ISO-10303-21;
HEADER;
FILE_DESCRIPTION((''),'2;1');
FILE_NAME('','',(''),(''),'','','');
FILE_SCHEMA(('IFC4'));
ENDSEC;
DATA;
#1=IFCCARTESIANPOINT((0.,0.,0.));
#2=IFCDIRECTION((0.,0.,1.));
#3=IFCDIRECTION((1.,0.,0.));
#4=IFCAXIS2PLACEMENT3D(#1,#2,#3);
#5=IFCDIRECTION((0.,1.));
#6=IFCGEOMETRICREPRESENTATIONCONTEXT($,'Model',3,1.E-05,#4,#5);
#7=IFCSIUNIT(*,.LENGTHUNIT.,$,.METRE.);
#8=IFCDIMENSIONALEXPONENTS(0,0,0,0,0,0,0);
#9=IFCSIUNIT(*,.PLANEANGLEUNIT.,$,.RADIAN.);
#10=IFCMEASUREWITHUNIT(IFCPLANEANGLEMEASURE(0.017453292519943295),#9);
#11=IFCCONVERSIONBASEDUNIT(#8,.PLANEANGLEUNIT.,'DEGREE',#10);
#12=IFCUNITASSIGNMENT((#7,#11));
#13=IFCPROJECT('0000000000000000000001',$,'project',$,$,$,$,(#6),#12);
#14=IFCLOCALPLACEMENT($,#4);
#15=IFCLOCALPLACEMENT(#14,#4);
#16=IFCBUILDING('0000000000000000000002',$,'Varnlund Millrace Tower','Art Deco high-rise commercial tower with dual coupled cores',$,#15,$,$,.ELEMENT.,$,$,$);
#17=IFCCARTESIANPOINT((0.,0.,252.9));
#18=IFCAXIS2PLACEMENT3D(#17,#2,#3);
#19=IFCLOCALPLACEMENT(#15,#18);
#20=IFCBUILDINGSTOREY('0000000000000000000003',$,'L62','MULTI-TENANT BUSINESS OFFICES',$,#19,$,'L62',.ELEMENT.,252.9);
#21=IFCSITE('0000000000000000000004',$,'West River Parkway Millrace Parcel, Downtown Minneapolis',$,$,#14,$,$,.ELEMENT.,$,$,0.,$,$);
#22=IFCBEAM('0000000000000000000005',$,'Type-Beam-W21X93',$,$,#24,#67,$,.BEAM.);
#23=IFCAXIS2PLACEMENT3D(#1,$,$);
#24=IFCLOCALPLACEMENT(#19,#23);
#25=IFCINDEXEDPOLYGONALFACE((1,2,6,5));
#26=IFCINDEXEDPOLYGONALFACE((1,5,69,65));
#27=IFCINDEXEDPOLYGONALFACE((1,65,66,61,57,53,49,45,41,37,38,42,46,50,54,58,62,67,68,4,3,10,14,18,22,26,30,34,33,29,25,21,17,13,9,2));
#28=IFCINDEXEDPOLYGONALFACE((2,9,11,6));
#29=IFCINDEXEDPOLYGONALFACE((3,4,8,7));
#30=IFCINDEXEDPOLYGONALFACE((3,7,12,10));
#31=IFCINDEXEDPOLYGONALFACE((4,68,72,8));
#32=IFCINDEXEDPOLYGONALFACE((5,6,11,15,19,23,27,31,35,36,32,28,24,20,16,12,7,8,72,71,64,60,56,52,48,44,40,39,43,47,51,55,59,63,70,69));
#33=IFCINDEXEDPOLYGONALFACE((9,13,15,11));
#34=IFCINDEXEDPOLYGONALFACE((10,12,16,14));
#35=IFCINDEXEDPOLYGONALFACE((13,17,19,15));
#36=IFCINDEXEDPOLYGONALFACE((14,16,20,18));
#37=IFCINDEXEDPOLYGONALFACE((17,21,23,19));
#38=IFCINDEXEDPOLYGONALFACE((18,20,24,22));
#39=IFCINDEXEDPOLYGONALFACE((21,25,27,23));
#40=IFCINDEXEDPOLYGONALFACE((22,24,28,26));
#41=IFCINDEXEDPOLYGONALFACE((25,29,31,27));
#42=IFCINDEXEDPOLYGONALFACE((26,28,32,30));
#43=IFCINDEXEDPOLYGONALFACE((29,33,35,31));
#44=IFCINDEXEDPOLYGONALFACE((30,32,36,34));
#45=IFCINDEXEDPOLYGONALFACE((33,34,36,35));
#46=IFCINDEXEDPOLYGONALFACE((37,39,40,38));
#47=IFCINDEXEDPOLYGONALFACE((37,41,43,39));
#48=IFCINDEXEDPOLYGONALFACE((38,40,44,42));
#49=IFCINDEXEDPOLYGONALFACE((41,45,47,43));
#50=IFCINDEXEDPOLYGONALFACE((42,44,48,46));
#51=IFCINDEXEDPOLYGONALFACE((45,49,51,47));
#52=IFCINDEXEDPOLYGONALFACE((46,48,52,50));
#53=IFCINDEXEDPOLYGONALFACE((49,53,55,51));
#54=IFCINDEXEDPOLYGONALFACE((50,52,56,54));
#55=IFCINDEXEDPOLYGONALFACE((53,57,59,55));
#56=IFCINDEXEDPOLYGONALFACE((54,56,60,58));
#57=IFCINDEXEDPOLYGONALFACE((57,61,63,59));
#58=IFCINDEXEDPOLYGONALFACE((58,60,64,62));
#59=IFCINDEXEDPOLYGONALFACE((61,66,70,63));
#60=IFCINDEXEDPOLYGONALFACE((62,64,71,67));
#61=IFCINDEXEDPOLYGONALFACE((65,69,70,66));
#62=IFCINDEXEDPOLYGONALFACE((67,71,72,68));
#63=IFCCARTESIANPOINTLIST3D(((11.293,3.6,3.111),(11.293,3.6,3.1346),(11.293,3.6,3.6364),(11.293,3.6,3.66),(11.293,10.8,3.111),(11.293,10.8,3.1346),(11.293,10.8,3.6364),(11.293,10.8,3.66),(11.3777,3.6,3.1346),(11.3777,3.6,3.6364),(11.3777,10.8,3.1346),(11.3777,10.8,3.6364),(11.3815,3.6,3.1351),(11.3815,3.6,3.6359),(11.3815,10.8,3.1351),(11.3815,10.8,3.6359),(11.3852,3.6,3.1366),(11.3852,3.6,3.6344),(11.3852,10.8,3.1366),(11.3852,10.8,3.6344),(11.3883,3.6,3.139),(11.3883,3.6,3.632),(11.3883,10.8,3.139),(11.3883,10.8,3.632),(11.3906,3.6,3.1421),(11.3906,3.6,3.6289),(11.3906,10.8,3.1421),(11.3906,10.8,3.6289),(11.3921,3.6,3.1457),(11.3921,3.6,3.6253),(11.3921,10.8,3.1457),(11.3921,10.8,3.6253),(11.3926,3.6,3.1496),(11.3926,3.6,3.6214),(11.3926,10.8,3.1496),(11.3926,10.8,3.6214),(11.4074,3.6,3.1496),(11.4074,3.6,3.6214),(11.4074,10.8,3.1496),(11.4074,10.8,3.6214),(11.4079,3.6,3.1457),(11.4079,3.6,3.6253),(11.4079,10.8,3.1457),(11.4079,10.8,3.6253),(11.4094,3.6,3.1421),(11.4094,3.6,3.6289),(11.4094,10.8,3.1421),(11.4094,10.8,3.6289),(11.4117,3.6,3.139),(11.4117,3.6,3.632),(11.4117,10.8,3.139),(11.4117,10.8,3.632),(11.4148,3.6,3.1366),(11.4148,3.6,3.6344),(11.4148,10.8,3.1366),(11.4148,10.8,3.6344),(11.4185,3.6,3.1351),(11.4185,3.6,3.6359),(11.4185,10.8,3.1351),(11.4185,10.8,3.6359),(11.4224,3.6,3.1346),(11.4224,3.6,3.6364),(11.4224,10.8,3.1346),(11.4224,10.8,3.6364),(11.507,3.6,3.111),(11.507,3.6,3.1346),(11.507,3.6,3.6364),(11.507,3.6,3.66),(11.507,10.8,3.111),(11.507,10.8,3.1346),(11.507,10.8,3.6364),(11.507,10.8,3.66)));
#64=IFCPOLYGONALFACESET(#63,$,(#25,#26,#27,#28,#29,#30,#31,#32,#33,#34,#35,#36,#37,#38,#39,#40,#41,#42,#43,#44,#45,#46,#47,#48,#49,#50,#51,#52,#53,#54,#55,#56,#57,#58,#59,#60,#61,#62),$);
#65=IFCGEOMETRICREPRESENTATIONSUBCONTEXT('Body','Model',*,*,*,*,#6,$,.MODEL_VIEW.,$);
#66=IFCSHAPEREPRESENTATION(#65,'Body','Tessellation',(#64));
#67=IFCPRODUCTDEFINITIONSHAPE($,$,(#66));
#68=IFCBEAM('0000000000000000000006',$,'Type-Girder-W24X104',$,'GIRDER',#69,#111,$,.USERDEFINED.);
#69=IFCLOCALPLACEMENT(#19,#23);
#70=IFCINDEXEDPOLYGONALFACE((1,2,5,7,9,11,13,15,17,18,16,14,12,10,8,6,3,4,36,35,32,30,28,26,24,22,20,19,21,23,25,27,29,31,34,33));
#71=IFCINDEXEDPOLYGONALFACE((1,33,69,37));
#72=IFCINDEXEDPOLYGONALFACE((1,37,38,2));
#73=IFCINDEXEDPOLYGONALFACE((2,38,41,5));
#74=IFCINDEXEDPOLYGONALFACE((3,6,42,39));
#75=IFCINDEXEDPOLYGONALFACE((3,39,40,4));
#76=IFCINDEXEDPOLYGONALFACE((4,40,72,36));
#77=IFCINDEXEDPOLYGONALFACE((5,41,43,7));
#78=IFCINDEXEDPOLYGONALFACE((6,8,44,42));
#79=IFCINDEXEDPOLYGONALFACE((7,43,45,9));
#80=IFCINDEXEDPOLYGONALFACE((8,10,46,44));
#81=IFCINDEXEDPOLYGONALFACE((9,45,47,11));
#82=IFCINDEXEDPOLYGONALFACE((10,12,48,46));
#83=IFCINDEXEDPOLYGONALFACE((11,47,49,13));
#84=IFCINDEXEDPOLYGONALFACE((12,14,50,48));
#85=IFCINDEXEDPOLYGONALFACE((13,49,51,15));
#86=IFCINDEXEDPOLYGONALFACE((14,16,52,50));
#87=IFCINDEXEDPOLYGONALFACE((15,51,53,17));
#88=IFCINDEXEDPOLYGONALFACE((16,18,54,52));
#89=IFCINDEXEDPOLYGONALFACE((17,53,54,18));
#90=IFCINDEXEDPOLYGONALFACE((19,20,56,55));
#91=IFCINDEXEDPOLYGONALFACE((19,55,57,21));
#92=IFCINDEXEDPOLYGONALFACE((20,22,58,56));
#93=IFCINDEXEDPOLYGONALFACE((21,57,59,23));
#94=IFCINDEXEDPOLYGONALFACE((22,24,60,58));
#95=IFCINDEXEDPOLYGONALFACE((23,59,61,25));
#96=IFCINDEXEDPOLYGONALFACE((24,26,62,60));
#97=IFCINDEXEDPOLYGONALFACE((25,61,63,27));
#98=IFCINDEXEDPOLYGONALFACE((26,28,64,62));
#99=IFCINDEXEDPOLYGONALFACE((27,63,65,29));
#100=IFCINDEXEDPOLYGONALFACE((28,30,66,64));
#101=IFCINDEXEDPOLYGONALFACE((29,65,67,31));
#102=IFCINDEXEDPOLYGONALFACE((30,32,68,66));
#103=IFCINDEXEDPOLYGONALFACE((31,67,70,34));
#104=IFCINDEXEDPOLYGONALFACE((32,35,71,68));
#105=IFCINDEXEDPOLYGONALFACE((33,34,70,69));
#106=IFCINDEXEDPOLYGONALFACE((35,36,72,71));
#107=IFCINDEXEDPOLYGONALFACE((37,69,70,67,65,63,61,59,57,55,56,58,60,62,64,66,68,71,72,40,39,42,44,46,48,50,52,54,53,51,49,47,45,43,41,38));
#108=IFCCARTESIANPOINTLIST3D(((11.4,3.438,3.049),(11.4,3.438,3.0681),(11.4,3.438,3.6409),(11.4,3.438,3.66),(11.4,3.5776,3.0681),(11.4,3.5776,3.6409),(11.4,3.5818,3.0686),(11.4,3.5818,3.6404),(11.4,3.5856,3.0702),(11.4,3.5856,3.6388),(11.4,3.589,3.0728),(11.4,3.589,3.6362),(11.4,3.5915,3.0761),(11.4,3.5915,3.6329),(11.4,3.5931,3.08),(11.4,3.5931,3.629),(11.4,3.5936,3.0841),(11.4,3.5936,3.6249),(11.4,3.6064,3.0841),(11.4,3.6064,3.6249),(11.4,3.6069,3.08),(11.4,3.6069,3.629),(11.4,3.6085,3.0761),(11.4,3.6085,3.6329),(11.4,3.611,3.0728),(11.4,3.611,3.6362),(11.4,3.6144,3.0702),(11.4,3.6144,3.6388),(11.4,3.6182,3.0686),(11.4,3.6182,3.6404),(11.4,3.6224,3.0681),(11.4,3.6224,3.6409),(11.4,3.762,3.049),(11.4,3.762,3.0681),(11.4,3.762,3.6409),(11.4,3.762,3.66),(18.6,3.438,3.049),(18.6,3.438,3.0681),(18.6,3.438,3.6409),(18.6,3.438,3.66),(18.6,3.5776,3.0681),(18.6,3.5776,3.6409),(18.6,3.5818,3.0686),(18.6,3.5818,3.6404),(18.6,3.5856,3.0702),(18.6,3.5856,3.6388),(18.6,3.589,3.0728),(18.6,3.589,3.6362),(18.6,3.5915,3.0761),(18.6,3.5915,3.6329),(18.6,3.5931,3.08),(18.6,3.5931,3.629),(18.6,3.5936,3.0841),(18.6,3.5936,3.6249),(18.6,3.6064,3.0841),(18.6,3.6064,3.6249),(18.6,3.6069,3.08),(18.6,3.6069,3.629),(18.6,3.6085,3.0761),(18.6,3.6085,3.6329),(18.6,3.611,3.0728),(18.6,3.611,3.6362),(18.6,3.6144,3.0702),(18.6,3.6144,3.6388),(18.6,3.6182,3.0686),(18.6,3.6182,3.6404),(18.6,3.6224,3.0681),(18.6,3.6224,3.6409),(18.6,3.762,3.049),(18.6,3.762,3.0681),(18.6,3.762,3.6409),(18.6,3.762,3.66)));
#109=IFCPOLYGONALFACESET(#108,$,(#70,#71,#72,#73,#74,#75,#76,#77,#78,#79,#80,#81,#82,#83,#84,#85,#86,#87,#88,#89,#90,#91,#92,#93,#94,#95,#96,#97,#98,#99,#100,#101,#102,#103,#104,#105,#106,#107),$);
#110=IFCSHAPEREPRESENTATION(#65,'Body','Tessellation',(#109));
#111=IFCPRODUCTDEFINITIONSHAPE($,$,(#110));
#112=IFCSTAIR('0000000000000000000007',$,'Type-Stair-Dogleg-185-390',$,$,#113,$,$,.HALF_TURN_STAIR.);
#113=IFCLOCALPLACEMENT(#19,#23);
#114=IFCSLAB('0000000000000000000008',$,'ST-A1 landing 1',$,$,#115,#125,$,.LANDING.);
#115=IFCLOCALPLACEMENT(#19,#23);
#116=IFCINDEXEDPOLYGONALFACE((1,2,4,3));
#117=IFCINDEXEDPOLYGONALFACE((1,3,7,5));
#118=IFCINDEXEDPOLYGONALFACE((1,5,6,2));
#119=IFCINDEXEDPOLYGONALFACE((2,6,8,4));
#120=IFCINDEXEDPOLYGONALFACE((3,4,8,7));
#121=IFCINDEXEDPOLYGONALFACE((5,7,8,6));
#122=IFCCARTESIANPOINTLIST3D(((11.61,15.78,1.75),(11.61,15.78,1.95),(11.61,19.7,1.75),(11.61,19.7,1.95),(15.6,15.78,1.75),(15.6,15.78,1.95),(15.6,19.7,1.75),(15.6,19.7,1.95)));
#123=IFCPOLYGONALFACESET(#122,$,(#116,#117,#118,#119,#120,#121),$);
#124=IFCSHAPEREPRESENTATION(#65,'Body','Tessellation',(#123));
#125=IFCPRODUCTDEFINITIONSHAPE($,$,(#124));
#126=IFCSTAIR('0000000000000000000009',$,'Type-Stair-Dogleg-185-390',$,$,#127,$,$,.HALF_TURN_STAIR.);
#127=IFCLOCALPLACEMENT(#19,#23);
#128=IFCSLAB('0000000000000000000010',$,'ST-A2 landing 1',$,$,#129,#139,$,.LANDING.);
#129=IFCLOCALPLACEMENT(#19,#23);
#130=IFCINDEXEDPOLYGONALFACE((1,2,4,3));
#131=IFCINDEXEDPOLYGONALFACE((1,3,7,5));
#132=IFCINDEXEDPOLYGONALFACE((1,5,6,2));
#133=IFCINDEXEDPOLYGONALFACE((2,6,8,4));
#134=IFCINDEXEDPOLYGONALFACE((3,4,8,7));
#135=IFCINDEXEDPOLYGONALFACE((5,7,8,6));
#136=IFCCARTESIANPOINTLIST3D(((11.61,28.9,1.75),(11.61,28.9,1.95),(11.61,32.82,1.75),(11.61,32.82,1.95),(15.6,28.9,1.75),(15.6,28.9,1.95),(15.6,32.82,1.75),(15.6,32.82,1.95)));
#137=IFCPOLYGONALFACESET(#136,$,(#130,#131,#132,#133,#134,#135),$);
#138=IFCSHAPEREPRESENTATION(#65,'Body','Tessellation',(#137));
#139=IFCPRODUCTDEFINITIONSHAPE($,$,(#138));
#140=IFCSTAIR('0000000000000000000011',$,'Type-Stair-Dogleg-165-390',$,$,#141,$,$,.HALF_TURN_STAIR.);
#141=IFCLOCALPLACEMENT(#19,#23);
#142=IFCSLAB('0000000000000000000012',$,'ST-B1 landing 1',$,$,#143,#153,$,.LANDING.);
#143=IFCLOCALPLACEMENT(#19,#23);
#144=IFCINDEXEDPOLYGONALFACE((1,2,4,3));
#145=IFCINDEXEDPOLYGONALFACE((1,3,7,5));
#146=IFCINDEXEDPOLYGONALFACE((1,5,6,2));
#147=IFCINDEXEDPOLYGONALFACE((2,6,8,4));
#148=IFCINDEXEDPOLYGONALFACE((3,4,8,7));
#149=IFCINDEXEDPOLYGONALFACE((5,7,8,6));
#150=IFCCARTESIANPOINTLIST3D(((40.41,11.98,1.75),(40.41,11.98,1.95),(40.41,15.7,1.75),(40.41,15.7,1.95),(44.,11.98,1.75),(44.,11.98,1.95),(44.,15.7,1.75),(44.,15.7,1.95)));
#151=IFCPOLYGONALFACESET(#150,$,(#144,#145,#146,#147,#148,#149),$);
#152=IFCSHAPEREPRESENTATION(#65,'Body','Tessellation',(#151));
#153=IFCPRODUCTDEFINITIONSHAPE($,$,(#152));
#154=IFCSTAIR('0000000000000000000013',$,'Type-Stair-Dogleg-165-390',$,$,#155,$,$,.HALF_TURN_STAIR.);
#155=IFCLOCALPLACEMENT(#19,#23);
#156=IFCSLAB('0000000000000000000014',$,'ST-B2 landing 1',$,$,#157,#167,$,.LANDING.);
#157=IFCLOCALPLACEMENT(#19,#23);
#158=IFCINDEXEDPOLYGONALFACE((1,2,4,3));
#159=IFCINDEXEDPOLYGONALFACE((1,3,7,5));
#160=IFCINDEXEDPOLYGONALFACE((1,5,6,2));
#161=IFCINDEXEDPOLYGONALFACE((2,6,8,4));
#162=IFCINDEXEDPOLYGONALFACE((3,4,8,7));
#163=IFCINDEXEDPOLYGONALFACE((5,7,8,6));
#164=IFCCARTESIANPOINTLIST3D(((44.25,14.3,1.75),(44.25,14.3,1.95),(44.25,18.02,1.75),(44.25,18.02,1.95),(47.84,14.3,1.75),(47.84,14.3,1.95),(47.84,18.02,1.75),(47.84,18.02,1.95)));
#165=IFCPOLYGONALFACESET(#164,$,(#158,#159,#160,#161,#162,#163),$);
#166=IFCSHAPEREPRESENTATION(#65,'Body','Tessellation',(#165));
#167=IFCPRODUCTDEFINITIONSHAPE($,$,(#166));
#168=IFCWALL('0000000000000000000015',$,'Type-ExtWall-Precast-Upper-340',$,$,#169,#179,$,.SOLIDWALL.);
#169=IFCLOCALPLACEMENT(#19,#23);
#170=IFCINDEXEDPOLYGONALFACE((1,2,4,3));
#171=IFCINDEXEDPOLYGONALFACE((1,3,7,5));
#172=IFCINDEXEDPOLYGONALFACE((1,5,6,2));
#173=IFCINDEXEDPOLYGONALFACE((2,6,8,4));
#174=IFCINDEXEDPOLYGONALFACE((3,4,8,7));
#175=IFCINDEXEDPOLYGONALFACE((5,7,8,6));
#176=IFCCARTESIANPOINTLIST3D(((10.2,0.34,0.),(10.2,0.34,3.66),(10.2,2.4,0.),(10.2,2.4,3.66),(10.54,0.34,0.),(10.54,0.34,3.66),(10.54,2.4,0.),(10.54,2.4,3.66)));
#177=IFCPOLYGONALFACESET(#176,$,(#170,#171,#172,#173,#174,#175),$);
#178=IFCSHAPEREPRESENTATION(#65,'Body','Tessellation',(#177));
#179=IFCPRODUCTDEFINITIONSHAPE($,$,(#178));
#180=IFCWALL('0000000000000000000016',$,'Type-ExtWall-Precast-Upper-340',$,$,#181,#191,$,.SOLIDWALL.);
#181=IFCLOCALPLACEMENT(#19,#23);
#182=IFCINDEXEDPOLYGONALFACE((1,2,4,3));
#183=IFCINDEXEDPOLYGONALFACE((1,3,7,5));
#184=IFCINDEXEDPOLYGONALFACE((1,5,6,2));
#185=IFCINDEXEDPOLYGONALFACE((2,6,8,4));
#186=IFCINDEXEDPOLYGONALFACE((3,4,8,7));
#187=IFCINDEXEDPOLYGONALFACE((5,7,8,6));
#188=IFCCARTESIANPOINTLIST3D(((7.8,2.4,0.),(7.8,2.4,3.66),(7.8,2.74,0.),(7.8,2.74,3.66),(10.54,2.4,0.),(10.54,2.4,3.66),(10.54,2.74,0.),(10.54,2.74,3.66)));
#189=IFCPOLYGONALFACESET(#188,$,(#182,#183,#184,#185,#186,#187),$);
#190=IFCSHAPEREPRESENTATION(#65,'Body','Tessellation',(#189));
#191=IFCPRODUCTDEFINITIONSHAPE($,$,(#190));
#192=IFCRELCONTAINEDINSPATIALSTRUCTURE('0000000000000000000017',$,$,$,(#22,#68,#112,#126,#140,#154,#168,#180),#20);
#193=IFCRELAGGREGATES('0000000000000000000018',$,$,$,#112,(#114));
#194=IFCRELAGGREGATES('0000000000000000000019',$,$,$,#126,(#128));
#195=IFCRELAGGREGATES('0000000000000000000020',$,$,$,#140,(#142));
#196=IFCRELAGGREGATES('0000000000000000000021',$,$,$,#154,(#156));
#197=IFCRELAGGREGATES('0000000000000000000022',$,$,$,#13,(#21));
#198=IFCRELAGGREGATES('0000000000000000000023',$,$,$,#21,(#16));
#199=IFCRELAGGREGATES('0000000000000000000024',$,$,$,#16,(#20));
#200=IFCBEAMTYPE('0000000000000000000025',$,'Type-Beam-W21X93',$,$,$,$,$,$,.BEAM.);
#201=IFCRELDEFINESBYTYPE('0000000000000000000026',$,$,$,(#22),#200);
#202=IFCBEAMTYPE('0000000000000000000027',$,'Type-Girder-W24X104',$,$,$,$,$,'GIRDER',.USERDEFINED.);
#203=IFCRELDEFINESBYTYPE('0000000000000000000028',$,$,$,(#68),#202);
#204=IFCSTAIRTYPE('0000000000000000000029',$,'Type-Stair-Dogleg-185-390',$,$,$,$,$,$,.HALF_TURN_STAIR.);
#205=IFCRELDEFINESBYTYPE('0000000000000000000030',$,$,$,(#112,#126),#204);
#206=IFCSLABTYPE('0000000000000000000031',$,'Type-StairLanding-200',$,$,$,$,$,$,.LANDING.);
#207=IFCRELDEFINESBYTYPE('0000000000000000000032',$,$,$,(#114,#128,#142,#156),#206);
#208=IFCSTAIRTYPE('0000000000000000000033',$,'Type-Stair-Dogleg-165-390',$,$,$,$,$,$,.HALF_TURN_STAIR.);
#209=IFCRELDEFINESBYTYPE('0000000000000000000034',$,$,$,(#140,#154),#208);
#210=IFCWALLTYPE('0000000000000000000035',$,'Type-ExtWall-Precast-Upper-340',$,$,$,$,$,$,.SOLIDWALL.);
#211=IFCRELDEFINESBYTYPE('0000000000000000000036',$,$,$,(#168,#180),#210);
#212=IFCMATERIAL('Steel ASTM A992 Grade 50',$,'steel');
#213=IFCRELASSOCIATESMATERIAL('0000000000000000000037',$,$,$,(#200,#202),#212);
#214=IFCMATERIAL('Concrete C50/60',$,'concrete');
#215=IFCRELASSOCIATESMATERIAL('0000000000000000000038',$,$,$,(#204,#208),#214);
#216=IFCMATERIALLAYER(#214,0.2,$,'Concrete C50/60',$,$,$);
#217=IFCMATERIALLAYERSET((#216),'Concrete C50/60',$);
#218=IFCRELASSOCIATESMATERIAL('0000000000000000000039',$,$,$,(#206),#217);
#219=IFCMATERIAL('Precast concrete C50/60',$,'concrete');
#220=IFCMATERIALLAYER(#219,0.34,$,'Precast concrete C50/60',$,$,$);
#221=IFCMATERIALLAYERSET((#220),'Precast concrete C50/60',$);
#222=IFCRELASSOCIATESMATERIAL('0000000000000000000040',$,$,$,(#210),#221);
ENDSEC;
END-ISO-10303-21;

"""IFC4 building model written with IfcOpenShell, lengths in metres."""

from ifc_helpers import new_model, entity, si_unit, converted_unit, direction, frame, origin_with_axes, origin_2d_with_axis, place, context, subcontext, project, spatial, polyline, i_section, outline, extrude, material, layer, layer_set, material_profile, profile_set, type_object, element, aggregate, save


model = new_model("IFC4")

# Units and contexts
model_context = context("Model", 3, precision=1e-05, world=origin_with_axes(), true_north=direction((0.0, 1.0)))
body_context = subcontext(model_context, "Body", "Model", "MODEL_VIEW")
ifc_project = project(units=[si_unit("LENGTHUNIT", "METRE"), converted_unit("PLANEANGLEUNIT", "DEGREE", entity("IfcPlaneAngleMeasure", 0.017453292519943295), si_unit("PLANEANGLEUNIT", "RADIAN"), dimensions=[0, 0, 0, 0, 0, 0, 0])], contexts=[model_context])

# Site, building, storey
site_placement = place(None, origin_with_axes())
site = spatial("IfcSite", under=ifc_project, at=site_placement, Name="West River Parkway Millrace Parcel, Downtown Minneapolis", CompositionType="ELEMENT", RefElevation=0.0)
building_placement = place(site_placement, origin_with_axes())
building = spatial("IfcBuilding", under=site, at=building_placement, Name="Varnlund Millrace Tower", Description="Art Deco high-rise commercial tower with dual coupled cores", CompositionType="ELEMENT")
storey_placement = place(building_placement, frame((0.0, 0.0, 252.9), z_axis=(0.0, 0.0, 1.0), x_axis=(1.0, 0.0, 0.0)))
storey = spatial("IfcBuildingStorey", under=building, at=storey_placement, Name="L62", Description="MULTI-TENANT BUSINESS OFFICES", LongName="L62", CompositionType="ELEMENT", Elevation=252.9)

# Beams
ifc_material_1 = material(Name="Steel ASTM A992 Grade 50", Category="steel")
ifc_material_profile_1 = material_profile(ifc_material_1, i_section(OverallWidth=0.214, OverallDepth=0.549, WebThickness=0.0147, FlangeThickness=0.0236, FilletRadius=0.015, at=origin_2d_with_axis()), Name="Steel ASTM A992 Grade 50")
ifc_profile_set_1 = profile_set([ifc_material_profile_1], Name="Steel ASTM A992 Grade 50")
beam_type_1 = type_object("IfcBeamType", Name="Type-Beam-W21X93", PredefinedType="BEAM", material=ifc_profile_set_1)
beam_1_placement = place(storey_placement, frame((11.4, 3.6, 3.3855), z_axis=(0.0, 1.0, 0.0), x_axis=(-1.0, 0.0, 0.0)))
element("IfcBeam", 1, at=beam_1_placement, inside=storey, type_object=beam_type_1, Name="Type-Beam-W21X93", PredefinedType="BEAM", context=body_context, shape_type="SweptSolid", body=[
    extrude(i_section(OverallWidth=0.214, OverallDepth=0.549, WebThickness=0.0147, FlangeThickness=0.0236, FilletRadius=0.015, at=origin_2d_with_axis()), origin_with_axes(), (0.0, 0.0, 1.0), 7.2),
])
ifc_material_profile_2 = material_profile(ifc_material_1, i_section(OverallWidth=0.324, OverallDepth=0.611, WebThickness=0.0127, FlangeThickness=0.0191, FilletRadius=0.016, at=origin_2d_with_axis()), Name="Steel ASTM A992 Grade 50")
ifc_profile_set_2 = profile_set([ifc_material_profile_2], Name="Steel ASTM A992 Grade 50")
beam_type_2 = type_object("IfcBeamType", Name="Type-Girder-W24X104", ElementType="GIRDER", PredefinedType="USERDEFINED", material=ifc_profile_set_2)
beam_2_placement = place(storey_placement, frame((11.4, 3.6, 3.3545), z_axis=(1.0, 0.0, 0.0), x_axis=(0.0, 1.0, 0.0)))
element("IfcBeam", 2, at=beam_2_placement, inside=storey, type_object=beam_type_2, Name="Type-Girder-W24X104", ObjectType="GIRDER", PredefinedType="USERDEFINED", context=body_context, shape_type="SweptSolid", body=[
    extrude(i_section(OverallWidth=0.324, OverallDepth=0.611, WebThickness=0.0127, FlangeThickness=0.0191, FilletRadius=0.016, at=origin_2d_with_axis()), origin_with_axes(), (0.0, 0.0, 1.0), 7.2),
])

# Stairs, slabs
ifc_material_2 = material(Name="Concrete C50/60", Category="concrete")
stair_type_1 = type_object("IfcStairType", Name="Type-Stair-Dogleg-185-390", PredefinedType="HALF_TURN_STAIR", material=ifc_material_2)
stair_1_placement = place(storey_placement, origin_with_axes())
stair_1 = element("IfcStair", 3, at=stair_1_placement, inside=storey, type_object=stair_type_1, Name="Type-Stair-Dogleg-185-390", PredefinedType="HALF_TURN_STAIR")
ifc_layer_1 = layer(ifc_material_2, 0.2, Name="Concrete C50/60")
ifc_layer_set_1 = layer_set([ifc_layer_1], Name="Concrete C50/60")
slab_type = type_object("IfcSlabType", Name="Type-StairLanding-200", PredefinedType="LANDING", material=ifc_layer_set_1)
slab_1_placement = place(storey_placement, frame((0.0, 0.0, 1.75), z_axis=(0.0, 0.0, 1.0), x_axis=(1.0, 0.0, 0.0)))
slab_1 = element("IfcSlab", 4, at=slab_1_placement, type_object=slab_type, Name="ST-A1 landing 1", PredefinedType="LANDING", context=body_context, shape_type="SweptSolid", body=[
    extrude(outline(polyline([(15.6, 15.78), (15.6, 19.7), (11.61, 19.7), (11.61, 15.78), (15.6, 15.78)])), origin_with_axes(), (0.0, 0.0, 1.0), 0.2),
])
aggregate(stair_1, [slab_1])
stair_2_placement = place(storey_placement, origin_with_axes())
stair_2 = element("IfcStair", 5, at=stair_2_placement, inside=storey, type_object=stair_type_1, Name="Type-Stair-Dogleg-185-390", PredefinedType="HALF_TURN_STAIR")
slab_2_placement = place(storey_placement, frame((0.0, 0.0, 1.75), z_axis=(0.0, 0.0, 1.0), x_axis=(1.0, 0.0, 0.0)))
slab_2 = element("IfcSlab", 6, at=slab_2_placement, type_object=slab_type, Name="ST-A2 landing 1", PredefinedType="LANDING", context=body_context, shape_type="SweptSolid", body=[
    extrude(outline(polyline([(11.61, 32.82), (11.61, 28.9), (15.6, 28.9), (15.6, 32.82), (11.61, 32.82)])), origin_with_axes(), (0.0, 0.0, 1.0), 0.2),
])
aggregate(stair_2, [slab_2])
stair_type_2 = type_object("IfcStairType", Name="Type-Stair-Dogleg-165-390", PredefinedType="HALF_TURN_STAIR", material=ifc_material_2)
stair_3_placement = place(storey_placement, origin_with_axes())
stair_3 = element("IfcStair", 7, at=stair_3_placement, inside=storey, type_object=stair_type_2, Name="Type-Stair-Dogleg-165-390", PredefinedType="HALF_TURN_STAIR")
slab_3_placement = place(storey_placement, frame((0.0, 0.0, 1.75), z_axis=(0.0, 0.0, 1.0), x_axis=(1.0, 0.0, 0.0)))
slab_3 = element("IfcSlab", 8, at=slab_3_placement, type_object=slab_type, Name="ST-B1 landing 1", PredefinedType="LANDING", context=body_context, shape_type="SweptSolid", body=[
    extrude(outline(polyline([(44.0, 11.98), (44.0, 15.7), (40.41, 15.7), (40.41, 11.98), (44.0, 11.98)])), origin_with_axes(), (0.0, 0.0, 1.0), 0.2),
])
aggregate(stair_3, [slab_3])
stair_4_placement = place(storey_placement, origin_with_axes())
stair_4 = element("IfcStair", 9, at=stair_4_placement, inside=storey, type_object=stair_type_2, Name="Type-Stair-Dogleg-165-390", PredefinedType="HALF_TURN_STAIR")
slab_4_placement = place(storey_placement, frame((0.0, 0.0, 1.75), z_axis=(0.0, 0.0, 1.0), x_axis=(1.0, 0.0, 0.0)))
slab_4 = element("IfcSlab", 10, at=slab_4_placement, type_object=slab_type, Name="ST-B2 landing 1", PredefinedType="LANDING", context=body_context, shape_type="SweptSolid", body=[
    extrude(outline(polyline([(44.25, 18.02), (44.25, 14.3), (47.84, 14.3), (47.84, 18.02), (44.25, 18.02)])), origin_with_axes(), (0.0, 0.0, 1.0), 0.2),
])
aggregate(stair_4, [slab_4])

# Walls
ifc_material_3 = material(Name="Precast concrete C50/60", Category="concrete")
ifc_layer_2 = layer(ifc_material_3, 0.34, Name="Precast concrete C50/60")
ifc_layer_set_2 = layer_set([ifc_layer_2], Name="Precast concrete C50/60")
wall_type_1 = type_object("IfcWallType", Name="Type-ExtWall-Precast-Upper-340", PredefinedType="SOLIDWALL", material=ifc_layer_set_2)
wall_1_placement = place(storey_placement, frame((10.37, 0.34, 0.0), z_axis=(0.0, 0.0, 1.0), x_axis=(0.0, 1.0, 0.0)))
element("IfcWall", 11, at=wall_1_placement, inside=storey, type_object=wall_type_1, Name="Type-ExtWall-Precast-Upper-340", PredefinedType="SOLIDWALL", context=body_context, shape_type="SweptSolid", body=[
    extrude(outline(polyline([(0.0, -0.17), (2.06, -0.17), (2.06, 0.17), (0.0, 0.17), (0.0, -0.17)])), origin_with_axes(), (0.0, 0.0, 1.0), 3.66),
])
wall_2_placement = place(storey_placement, frame((10.54, 2.57, 0.0), z_axis=(0.0, 0.0, 1.0), x_axis=(-1.0, 0.0, 0.0)))
element("IfcWall", 12, at=wall_2_placement, inside=storey, type_object=wall_type_1, Name="Type-ExtWall-Precast-Upper-340", PredefinedType="SOLIDWALL", context=body_context, shape_type="SweptSolid", body=[
    extrude(outline(polyline([(0.0, -0.17), (2.74, -0.17), (2.74, 0.17), (0.0, 0.17), (0.0, -0.17)])), origin_with_axes(), (0.0, 0.0, 1.0), 3.66),
])

save(model, "model.ifc")
